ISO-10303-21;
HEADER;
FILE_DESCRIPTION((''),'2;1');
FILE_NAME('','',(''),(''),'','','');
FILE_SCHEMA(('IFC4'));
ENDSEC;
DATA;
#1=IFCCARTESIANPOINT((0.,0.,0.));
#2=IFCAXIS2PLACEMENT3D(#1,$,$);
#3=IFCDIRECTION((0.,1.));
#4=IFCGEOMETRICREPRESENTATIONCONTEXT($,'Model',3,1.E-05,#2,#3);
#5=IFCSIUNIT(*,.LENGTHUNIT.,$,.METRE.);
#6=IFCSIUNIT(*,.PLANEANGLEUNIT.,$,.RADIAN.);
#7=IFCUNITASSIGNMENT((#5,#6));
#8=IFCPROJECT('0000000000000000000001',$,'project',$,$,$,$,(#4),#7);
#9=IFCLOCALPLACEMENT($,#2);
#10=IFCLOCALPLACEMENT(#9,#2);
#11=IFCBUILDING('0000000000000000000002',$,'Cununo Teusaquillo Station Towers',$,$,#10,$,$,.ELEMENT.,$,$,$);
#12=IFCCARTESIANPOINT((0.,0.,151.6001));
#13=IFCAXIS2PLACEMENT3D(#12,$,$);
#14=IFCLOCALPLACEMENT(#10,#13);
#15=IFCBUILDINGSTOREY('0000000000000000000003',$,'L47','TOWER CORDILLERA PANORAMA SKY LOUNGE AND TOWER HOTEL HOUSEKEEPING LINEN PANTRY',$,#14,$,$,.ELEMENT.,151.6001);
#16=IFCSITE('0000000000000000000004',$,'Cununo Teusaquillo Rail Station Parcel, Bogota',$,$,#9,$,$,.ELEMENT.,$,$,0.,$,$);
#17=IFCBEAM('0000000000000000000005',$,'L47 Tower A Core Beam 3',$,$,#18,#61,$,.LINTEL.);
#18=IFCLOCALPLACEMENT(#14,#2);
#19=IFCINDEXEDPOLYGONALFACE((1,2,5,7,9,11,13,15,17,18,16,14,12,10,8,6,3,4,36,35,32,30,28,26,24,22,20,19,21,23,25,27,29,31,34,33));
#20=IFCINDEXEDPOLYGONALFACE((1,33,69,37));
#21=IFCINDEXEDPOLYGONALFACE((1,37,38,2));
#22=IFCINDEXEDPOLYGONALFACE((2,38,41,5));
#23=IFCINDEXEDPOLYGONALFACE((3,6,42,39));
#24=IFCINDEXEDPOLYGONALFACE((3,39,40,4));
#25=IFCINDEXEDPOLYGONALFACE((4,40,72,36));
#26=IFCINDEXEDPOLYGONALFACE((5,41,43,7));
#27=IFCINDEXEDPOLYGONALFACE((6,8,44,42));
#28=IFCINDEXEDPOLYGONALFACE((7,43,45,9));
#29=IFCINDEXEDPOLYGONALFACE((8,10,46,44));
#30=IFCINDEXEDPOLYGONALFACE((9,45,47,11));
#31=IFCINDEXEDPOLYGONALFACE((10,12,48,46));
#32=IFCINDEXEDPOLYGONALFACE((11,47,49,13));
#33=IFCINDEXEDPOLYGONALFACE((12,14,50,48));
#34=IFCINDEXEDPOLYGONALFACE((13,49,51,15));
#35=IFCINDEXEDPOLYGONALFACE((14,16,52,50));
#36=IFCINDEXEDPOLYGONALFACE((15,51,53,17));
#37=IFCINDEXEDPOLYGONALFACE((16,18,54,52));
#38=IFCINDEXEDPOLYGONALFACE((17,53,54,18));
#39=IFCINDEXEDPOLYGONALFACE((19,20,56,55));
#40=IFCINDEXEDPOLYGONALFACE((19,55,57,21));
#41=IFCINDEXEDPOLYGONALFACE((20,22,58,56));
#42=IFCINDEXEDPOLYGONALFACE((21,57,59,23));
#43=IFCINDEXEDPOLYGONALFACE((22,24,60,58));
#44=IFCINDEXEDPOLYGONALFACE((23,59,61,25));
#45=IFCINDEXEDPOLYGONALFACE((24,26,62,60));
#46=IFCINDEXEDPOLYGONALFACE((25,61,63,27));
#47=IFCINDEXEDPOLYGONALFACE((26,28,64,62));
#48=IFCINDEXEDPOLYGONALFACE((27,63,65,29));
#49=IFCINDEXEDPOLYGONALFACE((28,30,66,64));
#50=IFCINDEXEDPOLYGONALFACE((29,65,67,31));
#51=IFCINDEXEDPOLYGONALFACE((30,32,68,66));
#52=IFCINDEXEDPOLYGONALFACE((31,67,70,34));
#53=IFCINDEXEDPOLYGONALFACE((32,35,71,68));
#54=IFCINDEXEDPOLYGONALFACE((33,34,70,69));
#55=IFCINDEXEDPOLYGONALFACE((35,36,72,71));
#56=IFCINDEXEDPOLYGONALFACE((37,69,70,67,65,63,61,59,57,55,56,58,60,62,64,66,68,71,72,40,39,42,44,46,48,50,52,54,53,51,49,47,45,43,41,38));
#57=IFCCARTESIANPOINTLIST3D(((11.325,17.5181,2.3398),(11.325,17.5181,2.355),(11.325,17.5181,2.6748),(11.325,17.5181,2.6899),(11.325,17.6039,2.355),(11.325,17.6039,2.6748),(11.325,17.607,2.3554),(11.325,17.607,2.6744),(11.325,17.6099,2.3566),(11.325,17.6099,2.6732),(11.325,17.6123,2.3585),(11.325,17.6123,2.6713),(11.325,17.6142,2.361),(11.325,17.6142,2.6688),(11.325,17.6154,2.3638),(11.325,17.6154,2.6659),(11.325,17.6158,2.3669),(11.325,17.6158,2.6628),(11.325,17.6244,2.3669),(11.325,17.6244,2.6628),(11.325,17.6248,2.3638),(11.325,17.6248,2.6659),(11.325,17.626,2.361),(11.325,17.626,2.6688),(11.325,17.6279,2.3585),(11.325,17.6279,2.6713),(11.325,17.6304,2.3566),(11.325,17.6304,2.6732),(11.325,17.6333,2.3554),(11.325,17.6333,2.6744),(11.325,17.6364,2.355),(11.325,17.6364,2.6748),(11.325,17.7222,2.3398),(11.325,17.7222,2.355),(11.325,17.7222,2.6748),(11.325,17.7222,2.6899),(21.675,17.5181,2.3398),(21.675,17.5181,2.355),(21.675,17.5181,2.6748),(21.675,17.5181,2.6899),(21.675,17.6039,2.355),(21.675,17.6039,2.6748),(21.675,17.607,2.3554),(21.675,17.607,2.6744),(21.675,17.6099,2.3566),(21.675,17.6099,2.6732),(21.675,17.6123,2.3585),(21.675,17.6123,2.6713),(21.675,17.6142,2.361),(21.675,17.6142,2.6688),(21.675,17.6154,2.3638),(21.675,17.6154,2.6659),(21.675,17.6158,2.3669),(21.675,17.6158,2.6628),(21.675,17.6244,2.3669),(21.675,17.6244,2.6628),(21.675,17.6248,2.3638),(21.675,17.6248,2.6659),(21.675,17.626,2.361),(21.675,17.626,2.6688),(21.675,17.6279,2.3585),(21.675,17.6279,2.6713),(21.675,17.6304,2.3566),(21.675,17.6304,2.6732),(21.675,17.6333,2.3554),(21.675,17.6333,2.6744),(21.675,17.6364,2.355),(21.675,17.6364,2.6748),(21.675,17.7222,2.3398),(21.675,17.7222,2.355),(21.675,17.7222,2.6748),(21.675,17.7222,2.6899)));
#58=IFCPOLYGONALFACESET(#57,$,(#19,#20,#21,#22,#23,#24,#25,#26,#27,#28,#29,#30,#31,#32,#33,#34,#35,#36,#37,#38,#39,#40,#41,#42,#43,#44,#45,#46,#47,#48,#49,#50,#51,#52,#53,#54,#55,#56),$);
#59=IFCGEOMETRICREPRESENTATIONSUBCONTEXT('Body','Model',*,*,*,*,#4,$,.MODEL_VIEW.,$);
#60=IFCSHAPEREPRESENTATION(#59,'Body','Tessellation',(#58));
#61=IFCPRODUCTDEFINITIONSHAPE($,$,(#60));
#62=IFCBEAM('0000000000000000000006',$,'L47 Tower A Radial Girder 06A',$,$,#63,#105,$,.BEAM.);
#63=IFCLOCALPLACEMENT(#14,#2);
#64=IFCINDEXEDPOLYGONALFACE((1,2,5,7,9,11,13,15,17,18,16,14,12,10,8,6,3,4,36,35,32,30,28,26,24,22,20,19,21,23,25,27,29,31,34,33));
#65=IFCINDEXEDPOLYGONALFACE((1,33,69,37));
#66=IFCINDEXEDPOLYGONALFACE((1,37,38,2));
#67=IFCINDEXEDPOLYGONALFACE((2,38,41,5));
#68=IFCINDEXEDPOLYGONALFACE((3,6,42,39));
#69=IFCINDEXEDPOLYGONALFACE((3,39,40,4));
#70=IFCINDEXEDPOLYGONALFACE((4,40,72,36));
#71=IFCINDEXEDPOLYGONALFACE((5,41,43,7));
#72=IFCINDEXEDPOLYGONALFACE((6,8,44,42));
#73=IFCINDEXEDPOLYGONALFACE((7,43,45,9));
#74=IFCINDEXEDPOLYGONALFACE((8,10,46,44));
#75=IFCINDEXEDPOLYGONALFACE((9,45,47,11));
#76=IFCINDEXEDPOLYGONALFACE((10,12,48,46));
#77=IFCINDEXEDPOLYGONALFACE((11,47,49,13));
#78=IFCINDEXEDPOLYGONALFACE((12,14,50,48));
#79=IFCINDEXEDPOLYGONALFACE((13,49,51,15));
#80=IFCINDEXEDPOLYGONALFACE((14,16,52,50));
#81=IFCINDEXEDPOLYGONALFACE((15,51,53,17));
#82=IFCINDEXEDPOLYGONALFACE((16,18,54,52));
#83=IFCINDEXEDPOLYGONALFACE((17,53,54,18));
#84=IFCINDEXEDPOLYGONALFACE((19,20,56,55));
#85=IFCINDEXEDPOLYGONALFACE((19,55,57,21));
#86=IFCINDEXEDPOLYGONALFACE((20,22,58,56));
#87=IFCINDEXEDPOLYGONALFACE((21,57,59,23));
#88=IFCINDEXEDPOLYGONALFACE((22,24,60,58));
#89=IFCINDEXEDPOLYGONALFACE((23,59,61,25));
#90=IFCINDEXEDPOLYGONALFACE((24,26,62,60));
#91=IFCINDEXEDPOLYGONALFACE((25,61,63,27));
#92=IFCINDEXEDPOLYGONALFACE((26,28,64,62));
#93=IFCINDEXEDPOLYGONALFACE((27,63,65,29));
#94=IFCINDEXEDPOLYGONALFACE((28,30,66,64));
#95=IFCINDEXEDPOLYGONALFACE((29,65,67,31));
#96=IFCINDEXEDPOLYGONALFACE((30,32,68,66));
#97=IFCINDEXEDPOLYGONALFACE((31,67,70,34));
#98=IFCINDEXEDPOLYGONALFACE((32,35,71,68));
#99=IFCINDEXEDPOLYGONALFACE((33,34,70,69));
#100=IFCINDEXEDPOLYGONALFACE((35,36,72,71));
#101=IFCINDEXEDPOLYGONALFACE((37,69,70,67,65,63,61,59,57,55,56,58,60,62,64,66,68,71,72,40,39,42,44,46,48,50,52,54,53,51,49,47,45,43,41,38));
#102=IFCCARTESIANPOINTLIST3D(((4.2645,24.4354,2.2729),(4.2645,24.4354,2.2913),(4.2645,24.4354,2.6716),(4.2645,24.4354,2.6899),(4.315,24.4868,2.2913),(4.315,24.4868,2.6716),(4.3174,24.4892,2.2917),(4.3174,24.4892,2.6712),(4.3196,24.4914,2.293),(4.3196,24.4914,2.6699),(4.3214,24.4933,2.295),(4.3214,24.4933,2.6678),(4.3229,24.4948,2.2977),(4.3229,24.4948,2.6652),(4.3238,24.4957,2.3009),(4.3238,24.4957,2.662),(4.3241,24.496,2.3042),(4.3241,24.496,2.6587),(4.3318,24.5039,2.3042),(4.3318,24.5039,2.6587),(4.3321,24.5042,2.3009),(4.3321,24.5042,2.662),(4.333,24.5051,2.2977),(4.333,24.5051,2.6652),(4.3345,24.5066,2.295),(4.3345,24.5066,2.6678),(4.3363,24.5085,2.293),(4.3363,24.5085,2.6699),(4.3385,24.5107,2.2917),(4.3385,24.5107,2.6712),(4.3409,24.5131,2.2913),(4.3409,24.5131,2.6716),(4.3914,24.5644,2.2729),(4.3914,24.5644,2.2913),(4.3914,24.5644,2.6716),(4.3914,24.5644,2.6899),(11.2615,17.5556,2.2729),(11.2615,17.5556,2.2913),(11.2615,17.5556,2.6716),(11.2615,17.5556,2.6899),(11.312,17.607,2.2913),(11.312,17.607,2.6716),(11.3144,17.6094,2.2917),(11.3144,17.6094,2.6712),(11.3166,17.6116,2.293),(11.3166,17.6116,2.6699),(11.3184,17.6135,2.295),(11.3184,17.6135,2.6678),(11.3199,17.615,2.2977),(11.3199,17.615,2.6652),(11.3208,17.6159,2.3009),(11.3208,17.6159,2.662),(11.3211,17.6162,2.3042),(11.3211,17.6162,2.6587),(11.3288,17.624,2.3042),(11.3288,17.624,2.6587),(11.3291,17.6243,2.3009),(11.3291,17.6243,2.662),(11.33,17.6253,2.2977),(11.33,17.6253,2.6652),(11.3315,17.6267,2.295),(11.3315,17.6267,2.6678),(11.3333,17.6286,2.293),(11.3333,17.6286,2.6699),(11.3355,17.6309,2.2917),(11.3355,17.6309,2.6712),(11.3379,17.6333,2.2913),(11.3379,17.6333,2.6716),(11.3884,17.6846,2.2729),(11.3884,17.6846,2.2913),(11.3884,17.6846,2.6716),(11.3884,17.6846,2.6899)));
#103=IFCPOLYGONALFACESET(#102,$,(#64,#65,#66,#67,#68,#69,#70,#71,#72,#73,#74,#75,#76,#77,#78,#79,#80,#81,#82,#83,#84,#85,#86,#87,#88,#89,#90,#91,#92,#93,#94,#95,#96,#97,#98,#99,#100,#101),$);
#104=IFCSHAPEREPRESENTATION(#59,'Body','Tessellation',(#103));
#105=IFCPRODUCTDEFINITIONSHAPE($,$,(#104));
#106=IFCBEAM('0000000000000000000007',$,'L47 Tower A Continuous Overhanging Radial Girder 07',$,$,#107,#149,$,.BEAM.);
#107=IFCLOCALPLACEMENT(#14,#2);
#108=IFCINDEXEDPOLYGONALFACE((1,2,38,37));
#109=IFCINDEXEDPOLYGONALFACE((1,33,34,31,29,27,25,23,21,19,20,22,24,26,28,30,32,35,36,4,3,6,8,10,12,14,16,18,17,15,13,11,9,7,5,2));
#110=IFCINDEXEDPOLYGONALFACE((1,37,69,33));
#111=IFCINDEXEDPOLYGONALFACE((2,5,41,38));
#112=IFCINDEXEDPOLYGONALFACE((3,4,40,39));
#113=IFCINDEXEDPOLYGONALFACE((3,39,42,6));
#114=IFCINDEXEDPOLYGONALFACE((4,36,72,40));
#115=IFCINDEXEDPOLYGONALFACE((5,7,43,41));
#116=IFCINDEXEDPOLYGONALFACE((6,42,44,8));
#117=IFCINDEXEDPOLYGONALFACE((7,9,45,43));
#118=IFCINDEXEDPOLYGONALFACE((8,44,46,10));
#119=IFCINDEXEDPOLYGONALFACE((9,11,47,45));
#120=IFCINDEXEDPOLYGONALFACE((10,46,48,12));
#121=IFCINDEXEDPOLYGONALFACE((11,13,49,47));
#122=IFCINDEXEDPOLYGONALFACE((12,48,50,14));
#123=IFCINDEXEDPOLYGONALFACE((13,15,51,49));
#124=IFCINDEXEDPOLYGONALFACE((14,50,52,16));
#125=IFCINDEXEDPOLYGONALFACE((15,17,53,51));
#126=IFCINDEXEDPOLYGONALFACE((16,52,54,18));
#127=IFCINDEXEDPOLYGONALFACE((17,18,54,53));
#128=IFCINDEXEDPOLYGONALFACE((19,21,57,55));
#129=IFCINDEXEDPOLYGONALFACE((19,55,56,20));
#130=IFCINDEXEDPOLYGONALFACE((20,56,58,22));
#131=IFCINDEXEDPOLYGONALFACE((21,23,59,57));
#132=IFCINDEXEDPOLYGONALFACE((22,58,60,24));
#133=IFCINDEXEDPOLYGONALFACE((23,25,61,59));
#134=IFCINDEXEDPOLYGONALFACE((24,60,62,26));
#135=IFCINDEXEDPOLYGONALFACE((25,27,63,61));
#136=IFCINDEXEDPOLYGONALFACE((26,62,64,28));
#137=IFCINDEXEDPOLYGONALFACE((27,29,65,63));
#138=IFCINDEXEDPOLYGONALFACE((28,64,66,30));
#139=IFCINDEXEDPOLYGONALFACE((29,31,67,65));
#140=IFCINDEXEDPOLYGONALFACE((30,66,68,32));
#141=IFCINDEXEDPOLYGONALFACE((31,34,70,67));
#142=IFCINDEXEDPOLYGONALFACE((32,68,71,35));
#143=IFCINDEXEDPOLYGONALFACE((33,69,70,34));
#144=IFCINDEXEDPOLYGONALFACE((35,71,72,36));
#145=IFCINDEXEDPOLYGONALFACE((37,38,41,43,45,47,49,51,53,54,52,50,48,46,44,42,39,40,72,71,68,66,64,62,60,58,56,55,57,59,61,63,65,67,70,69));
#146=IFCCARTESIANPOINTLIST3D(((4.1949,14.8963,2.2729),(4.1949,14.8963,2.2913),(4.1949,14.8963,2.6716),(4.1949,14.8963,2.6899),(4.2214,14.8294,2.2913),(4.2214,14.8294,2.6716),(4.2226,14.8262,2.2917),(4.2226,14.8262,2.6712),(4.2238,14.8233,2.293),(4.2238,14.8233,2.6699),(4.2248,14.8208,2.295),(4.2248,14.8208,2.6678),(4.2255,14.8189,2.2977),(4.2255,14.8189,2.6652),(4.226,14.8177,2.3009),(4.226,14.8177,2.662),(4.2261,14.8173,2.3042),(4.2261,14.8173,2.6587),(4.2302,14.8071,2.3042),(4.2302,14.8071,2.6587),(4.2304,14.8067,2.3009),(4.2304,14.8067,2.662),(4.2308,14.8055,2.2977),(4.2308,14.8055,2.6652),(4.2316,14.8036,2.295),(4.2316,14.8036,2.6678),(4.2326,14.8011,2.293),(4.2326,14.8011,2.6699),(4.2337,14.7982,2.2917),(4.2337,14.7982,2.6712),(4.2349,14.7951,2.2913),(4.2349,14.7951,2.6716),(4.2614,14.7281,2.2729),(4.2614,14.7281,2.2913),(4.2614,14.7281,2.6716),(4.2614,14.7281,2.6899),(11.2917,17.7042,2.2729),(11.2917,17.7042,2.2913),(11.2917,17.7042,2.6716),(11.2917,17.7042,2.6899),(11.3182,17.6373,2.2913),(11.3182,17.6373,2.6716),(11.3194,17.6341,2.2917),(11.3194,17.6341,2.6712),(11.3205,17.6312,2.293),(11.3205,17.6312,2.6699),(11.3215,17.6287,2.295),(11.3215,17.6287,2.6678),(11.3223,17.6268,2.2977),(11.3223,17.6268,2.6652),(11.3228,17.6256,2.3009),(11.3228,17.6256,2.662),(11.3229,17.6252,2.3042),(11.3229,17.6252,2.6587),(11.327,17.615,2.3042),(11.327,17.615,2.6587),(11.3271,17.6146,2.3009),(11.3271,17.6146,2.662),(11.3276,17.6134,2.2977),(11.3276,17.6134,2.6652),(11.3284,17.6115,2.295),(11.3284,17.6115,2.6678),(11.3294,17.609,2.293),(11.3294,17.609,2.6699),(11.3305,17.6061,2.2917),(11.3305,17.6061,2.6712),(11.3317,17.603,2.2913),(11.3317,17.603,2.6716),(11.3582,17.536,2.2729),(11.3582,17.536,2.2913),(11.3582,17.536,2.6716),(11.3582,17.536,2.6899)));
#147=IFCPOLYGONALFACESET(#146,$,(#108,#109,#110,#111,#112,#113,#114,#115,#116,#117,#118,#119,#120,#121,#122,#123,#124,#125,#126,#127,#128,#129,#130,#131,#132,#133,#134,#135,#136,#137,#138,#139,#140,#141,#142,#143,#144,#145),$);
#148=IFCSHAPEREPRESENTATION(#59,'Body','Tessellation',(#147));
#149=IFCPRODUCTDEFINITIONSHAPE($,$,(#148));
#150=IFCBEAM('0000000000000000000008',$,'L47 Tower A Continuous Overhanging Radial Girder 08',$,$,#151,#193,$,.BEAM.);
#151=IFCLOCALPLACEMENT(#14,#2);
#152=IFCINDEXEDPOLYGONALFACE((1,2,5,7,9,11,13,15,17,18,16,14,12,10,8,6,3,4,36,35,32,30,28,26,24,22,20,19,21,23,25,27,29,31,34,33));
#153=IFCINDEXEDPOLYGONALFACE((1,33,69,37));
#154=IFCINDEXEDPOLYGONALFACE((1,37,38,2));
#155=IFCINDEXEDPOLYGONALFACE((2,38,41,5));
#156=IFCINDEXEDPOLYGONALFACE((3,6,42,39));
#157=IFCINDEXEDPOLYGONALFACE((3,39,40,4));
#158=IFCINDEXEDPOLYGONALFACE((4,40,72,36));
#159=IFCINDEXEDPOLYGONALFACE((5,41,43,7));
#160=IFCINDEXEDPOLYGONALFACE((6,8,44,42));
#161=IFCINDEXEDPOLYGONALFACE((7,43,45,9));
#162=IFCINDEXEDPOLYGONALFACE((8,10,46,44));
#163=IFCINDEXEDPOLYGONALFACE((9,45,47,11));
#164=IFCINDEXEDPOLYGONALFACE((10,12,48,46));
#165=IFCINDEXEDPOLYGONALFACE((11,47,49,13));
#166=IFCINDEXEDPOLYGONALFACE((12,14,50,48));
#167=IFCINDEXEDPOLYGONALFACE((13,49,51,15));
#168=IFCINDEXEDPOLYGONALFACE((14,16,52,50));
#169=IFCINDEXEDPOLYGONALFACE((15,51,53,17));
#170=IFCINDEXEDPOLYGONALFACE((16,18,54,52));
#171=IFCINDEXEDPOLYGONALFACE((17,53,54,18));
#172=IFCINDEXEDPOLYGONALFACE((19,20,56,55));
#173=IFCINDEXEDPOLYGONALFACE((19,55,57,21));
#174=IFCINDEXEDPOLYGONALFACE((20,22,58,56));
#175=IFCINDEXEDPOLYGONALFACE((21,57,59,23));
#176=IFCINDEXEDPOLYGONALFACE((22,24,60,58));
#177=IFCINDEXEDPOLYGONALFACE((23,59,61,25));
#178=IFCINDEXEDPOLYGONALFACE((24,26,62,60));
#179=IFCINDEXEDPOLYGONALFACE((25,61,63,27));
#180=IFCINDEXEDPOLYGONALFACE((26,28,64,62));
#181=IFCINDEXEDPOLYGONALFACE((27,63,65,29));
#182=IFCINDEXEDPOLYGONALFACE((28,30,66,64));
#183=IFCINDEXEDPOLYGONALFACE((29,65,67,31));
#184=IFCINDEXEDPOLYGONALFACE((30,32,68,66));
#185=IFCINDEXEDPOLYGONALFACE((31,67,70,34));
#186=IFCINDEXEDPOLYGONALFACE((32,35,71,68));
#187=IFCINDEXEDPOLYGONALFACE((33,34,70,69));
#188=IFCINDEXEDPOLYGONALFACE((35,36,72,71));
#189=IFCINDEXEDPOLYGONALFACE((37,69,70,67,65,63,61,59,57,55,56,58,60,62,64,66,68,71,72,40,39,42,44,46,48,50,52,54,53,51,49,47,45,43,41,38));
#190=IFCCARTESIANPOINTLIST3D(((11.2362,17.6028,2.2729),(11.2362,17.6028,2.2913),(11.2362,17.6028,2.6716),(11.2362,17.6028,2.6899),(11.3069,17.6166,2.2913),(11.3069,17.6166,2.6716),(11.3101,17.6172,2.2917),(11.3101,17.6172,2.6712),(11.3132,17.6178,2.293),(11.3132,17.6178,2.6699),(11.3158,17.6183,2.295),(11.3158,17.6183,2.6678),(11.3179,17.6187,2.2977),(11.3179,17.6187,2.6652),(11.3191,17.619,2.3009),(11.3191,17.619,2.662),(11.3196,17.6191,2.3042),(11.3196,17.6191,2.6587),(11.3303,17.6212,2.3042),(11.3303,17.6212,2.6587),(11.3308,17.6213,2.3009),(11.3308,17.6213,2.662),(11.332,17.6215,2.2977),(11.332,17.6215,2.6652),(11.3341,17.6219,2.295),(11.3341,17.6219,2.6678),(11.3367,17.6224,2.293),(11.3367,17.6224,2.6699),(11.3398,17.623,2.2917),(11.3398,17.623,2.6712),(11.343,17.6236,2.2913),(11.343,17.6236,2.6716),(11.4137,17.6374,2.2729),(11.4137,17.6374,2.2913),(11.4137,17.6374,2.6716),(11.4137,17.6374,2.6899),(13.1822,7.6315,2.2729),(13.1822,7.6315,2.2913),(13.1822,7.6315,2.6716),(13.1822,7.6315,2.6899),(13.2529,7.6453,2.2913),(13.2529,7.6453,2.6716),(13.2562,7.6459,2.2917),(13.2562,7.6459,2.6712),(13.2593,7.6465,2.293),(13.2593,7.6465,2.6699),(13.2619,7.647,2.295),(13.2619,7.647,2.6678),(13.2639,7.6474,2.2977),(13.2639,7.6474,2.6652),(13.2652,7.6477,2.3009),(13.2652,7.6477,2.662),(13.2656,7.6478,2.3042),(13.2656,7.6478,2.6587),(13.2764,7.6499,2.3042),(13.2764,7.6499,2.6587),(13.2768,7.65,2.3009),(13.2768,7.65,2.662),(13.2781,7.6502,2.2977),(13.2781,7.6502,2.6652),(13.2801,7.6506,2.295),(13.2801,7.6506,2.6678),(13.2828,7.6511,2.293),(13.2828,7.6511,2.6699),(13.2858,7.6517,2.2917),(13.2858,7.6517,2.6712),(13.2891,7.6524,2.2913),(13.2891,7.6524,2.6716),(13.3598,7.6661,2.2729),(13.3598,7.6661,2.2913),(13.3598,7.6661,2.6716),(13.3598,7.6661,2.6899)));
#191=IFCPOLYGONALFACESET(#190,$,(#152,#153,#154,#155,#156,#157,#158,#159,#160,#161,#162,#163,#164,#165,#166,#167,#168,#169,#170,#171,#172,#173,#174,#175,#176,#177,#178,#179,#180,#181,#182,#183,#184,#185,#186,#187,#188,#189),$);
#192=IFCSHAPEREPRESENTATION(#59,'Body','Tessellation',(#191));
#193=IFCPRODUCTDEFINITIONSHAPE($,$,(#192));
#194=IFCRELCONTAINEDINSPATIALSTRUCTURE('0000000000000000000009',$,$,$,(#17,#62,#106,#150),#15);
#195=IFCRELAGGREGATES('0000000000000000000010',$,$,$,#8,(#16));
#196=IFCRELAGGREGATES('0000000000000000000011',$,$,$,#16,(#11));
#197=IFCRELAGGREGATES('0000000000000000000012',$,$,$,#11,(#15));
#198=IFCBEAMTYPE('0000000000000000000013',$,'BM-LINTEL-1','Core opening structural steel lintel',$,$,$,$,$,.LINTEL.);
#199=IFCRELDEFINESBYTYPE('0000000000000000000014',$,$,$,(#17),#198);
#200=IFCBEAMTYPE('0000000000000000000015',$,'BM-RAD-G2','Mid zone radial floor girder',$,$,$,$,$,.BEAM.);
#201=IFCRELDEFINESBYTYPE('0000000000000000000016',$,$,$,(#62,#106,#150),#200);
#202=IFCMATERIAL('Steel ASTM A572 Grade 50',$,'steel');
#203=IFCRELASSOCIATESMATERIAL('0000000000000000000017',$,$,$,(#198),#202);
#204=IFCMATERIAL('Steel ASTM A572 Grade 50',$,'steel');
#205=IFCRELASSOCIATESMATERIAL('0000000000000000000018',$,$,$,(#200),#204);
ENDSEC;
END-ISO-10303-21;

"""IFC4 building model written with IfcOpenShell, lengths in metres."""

from ifc_helpers import new_model, si_unit, direction, frame, origin, origin_2d, place, context, subcontext, project, spatial, i_section, extrude, material, material_profile, profile_set, type_object, element, save


model = new_model("IFC4")

# Units and contexts
model_context = context("Model", 3, precision=1e-05, world=origin(), true_north=direction((0.0, 1.0)))
body_context = subcontext(model_context, "Body", "Model", "MODEL_VIEW")
ifc_project = project(units=[si_unit("LENGTHUNIT", "METRE"), si_unit("PLANEANGLEUNIT", "RADIAN")], contexts=[model_context])

# Site, building, storey
site_placement = place(None, origin())
site = spatial("IfcSite", under=ifc_project, at=site_placement, Name="Cununo Teusaquillo Rail Station Parcel, Bogota", CompositionType="ELEMENT", RefElevation=0.0)
building_placement = place(site_placement, origin())
building = spatial("IfcBuilding", under=site, at=building_placement, Name="Cununo Teusaquillo Station Towers", CompositionType="ELEMENT")
storey_placement = place(building_placement, frame((0.0, 0.0, 151.6001)))
storey = spatial("IfcBuildingStorey", under=building, at=storey_placement, Name="L47", Description="TOWER CORDILLERA PANORAMA SKY LOUNGE AND TOWER HOTEL HOUSEKEEPING LINEN PANTRY", CompositionType="ELEMENT", Elevation=151.6001)

# Beams
ifc_material_1 = material(Name="Steel ASTM A572 Grade 50", Category="steel")
ifc_material_profile_1 = material_profile(ifc_material_1, i_section(OverallWidth=0.2041, OverallDepth=0.3501, WebThickness=0.0085, FlangeThickness=0.0151, FilletRadius=0.012, at=origin_2d()), Name="W14X48")
ifc_profile_set_1 = profile_set([ifc_material_profile_1], Name="Steel ASTM A572 Grade 50")
beam_type_1 = type_object("IfcBeamType", Name="BM-LINTEL-1", Description="Core opening structural steel lintel", PredefinedType="LINTEL", material=ifc_profile_set_1)
beam_1_placement = place(storey_placement, frame((11.325, 17.6201, 2.5149), z_axis=(1.0, 0.0, 0.0), x_axis=(0.0, 1.0, 0.0)))
element("IfcBeam", 1, at=beam_1_placement, inside=storey, type_object=beam_type_1, Name="L47 Tower A Core Beam 3", PredefinedType="LINTEL", context=body_context, shape_type="SweptSolid", body=[
    extrude(i_section(OverallWidth=0.2041, OverallDepth=0.3501, WebThickness=0.0085, FlangeThickness=0.0151, FilletRadius=0.012, at=origin_2d()), origin(), (0.0, 0.0, 1.0), 10.3501),
])
ifc_material_2 = material(Name="Steel ASTM A572 Grade 50", Category="steel")
ifc_material_profile_2 = material_profile(ifc_material_2, i_section(OverallWidth=0.1809, OverallDepth=0.417, WebThickness=0.011, FlangeThickness=0.0183, FilletRadius=0.0129, at=origin_2d()), Name="W16X57")
ifc_profile_set_2 = profile_set([ifc_material_profile_2], Name="Steel ASTM A572 Grade 50")
beam_type_2 = type_object("IfcBeamType", Name="BM-RAD-G2", Description="Mid zone radial floor girder", PredefinedType="BEAM", material=ifc_profile_set_2)
beam_2_placement = place(storey_placement, frame((11.325, 17.6201, 2.4814), z_axis=(-0.713053, 0.70111, 0.0), x_axis=(-0.70111, -0.713053, 0.0)))
element("IfcBeam", 2, at=beam_2_placement, inside=storey, type_object=beam_type_2, Name="L47 Tower A Radial Girder 06A", PredefinedType="BEAM", context=body_context, shape_type="SweptSolid", body=[
    extrude(i_section(OverallWidth=0.1809, OverallDepth=0.417, WebThickness=0.011, FlangeThickness=0.0183, FilletRadius=0.0129, at=origin_2d()), origin(), (0.0, 0.0, 1.0), 9.8127),
])
beam_3_placement = place(storey_placement, frame((11.325, 17.6201, 2.4814), z_axis=(-0.929862, -0.367908, 0.0), x_axis=(0.367908, -0.929862, 0.0)))
element("IfcBeam", 3, at=beam_3_placement, inside=storey, type_object=beam_type_2, Name="L47 Tower A Continuous Overhanging Radial Girder 07", PredefinedType="BEAM", context=body_context, shape_type="SweptSolid", body=[
    extrude(i_section(OverallWidth=0.1809, OverallDepth=0.417, WebThickness=0.011, FlangeThickness=0.0183, FilletRadius=0.0129, at=origin_2d()), origin(), (0.0, 0.0, 1.0), 7.6321),
])
beam_4_placement = place(storey_placement, frame((11.325, 17.6201, 2.4814), z_axis=(0.191553, -0.981482, 0.0), x_axis=(0.981482, 0.191553, 0.0)))
element("IfcBeam", 4, at=beam_4_placement, inside=storey, type_object=beam_type_2, Name="L47 Tower A Continuous Overhanging Radial Girder 08", PredefinedType="BEAM", context=body_context, shape_type="SweptSolid", body=[
    extrude(i_section(OverallWidth=0.1809, OverallDepth=0.417, WebThickness=0.011, FlangeThickness=0.0183, FilletRadius=0.0129, at=origin_2d()), origin(), (0.0, 0.0, 1.0), 10.1594),
])

save(model, "model.ifc")
